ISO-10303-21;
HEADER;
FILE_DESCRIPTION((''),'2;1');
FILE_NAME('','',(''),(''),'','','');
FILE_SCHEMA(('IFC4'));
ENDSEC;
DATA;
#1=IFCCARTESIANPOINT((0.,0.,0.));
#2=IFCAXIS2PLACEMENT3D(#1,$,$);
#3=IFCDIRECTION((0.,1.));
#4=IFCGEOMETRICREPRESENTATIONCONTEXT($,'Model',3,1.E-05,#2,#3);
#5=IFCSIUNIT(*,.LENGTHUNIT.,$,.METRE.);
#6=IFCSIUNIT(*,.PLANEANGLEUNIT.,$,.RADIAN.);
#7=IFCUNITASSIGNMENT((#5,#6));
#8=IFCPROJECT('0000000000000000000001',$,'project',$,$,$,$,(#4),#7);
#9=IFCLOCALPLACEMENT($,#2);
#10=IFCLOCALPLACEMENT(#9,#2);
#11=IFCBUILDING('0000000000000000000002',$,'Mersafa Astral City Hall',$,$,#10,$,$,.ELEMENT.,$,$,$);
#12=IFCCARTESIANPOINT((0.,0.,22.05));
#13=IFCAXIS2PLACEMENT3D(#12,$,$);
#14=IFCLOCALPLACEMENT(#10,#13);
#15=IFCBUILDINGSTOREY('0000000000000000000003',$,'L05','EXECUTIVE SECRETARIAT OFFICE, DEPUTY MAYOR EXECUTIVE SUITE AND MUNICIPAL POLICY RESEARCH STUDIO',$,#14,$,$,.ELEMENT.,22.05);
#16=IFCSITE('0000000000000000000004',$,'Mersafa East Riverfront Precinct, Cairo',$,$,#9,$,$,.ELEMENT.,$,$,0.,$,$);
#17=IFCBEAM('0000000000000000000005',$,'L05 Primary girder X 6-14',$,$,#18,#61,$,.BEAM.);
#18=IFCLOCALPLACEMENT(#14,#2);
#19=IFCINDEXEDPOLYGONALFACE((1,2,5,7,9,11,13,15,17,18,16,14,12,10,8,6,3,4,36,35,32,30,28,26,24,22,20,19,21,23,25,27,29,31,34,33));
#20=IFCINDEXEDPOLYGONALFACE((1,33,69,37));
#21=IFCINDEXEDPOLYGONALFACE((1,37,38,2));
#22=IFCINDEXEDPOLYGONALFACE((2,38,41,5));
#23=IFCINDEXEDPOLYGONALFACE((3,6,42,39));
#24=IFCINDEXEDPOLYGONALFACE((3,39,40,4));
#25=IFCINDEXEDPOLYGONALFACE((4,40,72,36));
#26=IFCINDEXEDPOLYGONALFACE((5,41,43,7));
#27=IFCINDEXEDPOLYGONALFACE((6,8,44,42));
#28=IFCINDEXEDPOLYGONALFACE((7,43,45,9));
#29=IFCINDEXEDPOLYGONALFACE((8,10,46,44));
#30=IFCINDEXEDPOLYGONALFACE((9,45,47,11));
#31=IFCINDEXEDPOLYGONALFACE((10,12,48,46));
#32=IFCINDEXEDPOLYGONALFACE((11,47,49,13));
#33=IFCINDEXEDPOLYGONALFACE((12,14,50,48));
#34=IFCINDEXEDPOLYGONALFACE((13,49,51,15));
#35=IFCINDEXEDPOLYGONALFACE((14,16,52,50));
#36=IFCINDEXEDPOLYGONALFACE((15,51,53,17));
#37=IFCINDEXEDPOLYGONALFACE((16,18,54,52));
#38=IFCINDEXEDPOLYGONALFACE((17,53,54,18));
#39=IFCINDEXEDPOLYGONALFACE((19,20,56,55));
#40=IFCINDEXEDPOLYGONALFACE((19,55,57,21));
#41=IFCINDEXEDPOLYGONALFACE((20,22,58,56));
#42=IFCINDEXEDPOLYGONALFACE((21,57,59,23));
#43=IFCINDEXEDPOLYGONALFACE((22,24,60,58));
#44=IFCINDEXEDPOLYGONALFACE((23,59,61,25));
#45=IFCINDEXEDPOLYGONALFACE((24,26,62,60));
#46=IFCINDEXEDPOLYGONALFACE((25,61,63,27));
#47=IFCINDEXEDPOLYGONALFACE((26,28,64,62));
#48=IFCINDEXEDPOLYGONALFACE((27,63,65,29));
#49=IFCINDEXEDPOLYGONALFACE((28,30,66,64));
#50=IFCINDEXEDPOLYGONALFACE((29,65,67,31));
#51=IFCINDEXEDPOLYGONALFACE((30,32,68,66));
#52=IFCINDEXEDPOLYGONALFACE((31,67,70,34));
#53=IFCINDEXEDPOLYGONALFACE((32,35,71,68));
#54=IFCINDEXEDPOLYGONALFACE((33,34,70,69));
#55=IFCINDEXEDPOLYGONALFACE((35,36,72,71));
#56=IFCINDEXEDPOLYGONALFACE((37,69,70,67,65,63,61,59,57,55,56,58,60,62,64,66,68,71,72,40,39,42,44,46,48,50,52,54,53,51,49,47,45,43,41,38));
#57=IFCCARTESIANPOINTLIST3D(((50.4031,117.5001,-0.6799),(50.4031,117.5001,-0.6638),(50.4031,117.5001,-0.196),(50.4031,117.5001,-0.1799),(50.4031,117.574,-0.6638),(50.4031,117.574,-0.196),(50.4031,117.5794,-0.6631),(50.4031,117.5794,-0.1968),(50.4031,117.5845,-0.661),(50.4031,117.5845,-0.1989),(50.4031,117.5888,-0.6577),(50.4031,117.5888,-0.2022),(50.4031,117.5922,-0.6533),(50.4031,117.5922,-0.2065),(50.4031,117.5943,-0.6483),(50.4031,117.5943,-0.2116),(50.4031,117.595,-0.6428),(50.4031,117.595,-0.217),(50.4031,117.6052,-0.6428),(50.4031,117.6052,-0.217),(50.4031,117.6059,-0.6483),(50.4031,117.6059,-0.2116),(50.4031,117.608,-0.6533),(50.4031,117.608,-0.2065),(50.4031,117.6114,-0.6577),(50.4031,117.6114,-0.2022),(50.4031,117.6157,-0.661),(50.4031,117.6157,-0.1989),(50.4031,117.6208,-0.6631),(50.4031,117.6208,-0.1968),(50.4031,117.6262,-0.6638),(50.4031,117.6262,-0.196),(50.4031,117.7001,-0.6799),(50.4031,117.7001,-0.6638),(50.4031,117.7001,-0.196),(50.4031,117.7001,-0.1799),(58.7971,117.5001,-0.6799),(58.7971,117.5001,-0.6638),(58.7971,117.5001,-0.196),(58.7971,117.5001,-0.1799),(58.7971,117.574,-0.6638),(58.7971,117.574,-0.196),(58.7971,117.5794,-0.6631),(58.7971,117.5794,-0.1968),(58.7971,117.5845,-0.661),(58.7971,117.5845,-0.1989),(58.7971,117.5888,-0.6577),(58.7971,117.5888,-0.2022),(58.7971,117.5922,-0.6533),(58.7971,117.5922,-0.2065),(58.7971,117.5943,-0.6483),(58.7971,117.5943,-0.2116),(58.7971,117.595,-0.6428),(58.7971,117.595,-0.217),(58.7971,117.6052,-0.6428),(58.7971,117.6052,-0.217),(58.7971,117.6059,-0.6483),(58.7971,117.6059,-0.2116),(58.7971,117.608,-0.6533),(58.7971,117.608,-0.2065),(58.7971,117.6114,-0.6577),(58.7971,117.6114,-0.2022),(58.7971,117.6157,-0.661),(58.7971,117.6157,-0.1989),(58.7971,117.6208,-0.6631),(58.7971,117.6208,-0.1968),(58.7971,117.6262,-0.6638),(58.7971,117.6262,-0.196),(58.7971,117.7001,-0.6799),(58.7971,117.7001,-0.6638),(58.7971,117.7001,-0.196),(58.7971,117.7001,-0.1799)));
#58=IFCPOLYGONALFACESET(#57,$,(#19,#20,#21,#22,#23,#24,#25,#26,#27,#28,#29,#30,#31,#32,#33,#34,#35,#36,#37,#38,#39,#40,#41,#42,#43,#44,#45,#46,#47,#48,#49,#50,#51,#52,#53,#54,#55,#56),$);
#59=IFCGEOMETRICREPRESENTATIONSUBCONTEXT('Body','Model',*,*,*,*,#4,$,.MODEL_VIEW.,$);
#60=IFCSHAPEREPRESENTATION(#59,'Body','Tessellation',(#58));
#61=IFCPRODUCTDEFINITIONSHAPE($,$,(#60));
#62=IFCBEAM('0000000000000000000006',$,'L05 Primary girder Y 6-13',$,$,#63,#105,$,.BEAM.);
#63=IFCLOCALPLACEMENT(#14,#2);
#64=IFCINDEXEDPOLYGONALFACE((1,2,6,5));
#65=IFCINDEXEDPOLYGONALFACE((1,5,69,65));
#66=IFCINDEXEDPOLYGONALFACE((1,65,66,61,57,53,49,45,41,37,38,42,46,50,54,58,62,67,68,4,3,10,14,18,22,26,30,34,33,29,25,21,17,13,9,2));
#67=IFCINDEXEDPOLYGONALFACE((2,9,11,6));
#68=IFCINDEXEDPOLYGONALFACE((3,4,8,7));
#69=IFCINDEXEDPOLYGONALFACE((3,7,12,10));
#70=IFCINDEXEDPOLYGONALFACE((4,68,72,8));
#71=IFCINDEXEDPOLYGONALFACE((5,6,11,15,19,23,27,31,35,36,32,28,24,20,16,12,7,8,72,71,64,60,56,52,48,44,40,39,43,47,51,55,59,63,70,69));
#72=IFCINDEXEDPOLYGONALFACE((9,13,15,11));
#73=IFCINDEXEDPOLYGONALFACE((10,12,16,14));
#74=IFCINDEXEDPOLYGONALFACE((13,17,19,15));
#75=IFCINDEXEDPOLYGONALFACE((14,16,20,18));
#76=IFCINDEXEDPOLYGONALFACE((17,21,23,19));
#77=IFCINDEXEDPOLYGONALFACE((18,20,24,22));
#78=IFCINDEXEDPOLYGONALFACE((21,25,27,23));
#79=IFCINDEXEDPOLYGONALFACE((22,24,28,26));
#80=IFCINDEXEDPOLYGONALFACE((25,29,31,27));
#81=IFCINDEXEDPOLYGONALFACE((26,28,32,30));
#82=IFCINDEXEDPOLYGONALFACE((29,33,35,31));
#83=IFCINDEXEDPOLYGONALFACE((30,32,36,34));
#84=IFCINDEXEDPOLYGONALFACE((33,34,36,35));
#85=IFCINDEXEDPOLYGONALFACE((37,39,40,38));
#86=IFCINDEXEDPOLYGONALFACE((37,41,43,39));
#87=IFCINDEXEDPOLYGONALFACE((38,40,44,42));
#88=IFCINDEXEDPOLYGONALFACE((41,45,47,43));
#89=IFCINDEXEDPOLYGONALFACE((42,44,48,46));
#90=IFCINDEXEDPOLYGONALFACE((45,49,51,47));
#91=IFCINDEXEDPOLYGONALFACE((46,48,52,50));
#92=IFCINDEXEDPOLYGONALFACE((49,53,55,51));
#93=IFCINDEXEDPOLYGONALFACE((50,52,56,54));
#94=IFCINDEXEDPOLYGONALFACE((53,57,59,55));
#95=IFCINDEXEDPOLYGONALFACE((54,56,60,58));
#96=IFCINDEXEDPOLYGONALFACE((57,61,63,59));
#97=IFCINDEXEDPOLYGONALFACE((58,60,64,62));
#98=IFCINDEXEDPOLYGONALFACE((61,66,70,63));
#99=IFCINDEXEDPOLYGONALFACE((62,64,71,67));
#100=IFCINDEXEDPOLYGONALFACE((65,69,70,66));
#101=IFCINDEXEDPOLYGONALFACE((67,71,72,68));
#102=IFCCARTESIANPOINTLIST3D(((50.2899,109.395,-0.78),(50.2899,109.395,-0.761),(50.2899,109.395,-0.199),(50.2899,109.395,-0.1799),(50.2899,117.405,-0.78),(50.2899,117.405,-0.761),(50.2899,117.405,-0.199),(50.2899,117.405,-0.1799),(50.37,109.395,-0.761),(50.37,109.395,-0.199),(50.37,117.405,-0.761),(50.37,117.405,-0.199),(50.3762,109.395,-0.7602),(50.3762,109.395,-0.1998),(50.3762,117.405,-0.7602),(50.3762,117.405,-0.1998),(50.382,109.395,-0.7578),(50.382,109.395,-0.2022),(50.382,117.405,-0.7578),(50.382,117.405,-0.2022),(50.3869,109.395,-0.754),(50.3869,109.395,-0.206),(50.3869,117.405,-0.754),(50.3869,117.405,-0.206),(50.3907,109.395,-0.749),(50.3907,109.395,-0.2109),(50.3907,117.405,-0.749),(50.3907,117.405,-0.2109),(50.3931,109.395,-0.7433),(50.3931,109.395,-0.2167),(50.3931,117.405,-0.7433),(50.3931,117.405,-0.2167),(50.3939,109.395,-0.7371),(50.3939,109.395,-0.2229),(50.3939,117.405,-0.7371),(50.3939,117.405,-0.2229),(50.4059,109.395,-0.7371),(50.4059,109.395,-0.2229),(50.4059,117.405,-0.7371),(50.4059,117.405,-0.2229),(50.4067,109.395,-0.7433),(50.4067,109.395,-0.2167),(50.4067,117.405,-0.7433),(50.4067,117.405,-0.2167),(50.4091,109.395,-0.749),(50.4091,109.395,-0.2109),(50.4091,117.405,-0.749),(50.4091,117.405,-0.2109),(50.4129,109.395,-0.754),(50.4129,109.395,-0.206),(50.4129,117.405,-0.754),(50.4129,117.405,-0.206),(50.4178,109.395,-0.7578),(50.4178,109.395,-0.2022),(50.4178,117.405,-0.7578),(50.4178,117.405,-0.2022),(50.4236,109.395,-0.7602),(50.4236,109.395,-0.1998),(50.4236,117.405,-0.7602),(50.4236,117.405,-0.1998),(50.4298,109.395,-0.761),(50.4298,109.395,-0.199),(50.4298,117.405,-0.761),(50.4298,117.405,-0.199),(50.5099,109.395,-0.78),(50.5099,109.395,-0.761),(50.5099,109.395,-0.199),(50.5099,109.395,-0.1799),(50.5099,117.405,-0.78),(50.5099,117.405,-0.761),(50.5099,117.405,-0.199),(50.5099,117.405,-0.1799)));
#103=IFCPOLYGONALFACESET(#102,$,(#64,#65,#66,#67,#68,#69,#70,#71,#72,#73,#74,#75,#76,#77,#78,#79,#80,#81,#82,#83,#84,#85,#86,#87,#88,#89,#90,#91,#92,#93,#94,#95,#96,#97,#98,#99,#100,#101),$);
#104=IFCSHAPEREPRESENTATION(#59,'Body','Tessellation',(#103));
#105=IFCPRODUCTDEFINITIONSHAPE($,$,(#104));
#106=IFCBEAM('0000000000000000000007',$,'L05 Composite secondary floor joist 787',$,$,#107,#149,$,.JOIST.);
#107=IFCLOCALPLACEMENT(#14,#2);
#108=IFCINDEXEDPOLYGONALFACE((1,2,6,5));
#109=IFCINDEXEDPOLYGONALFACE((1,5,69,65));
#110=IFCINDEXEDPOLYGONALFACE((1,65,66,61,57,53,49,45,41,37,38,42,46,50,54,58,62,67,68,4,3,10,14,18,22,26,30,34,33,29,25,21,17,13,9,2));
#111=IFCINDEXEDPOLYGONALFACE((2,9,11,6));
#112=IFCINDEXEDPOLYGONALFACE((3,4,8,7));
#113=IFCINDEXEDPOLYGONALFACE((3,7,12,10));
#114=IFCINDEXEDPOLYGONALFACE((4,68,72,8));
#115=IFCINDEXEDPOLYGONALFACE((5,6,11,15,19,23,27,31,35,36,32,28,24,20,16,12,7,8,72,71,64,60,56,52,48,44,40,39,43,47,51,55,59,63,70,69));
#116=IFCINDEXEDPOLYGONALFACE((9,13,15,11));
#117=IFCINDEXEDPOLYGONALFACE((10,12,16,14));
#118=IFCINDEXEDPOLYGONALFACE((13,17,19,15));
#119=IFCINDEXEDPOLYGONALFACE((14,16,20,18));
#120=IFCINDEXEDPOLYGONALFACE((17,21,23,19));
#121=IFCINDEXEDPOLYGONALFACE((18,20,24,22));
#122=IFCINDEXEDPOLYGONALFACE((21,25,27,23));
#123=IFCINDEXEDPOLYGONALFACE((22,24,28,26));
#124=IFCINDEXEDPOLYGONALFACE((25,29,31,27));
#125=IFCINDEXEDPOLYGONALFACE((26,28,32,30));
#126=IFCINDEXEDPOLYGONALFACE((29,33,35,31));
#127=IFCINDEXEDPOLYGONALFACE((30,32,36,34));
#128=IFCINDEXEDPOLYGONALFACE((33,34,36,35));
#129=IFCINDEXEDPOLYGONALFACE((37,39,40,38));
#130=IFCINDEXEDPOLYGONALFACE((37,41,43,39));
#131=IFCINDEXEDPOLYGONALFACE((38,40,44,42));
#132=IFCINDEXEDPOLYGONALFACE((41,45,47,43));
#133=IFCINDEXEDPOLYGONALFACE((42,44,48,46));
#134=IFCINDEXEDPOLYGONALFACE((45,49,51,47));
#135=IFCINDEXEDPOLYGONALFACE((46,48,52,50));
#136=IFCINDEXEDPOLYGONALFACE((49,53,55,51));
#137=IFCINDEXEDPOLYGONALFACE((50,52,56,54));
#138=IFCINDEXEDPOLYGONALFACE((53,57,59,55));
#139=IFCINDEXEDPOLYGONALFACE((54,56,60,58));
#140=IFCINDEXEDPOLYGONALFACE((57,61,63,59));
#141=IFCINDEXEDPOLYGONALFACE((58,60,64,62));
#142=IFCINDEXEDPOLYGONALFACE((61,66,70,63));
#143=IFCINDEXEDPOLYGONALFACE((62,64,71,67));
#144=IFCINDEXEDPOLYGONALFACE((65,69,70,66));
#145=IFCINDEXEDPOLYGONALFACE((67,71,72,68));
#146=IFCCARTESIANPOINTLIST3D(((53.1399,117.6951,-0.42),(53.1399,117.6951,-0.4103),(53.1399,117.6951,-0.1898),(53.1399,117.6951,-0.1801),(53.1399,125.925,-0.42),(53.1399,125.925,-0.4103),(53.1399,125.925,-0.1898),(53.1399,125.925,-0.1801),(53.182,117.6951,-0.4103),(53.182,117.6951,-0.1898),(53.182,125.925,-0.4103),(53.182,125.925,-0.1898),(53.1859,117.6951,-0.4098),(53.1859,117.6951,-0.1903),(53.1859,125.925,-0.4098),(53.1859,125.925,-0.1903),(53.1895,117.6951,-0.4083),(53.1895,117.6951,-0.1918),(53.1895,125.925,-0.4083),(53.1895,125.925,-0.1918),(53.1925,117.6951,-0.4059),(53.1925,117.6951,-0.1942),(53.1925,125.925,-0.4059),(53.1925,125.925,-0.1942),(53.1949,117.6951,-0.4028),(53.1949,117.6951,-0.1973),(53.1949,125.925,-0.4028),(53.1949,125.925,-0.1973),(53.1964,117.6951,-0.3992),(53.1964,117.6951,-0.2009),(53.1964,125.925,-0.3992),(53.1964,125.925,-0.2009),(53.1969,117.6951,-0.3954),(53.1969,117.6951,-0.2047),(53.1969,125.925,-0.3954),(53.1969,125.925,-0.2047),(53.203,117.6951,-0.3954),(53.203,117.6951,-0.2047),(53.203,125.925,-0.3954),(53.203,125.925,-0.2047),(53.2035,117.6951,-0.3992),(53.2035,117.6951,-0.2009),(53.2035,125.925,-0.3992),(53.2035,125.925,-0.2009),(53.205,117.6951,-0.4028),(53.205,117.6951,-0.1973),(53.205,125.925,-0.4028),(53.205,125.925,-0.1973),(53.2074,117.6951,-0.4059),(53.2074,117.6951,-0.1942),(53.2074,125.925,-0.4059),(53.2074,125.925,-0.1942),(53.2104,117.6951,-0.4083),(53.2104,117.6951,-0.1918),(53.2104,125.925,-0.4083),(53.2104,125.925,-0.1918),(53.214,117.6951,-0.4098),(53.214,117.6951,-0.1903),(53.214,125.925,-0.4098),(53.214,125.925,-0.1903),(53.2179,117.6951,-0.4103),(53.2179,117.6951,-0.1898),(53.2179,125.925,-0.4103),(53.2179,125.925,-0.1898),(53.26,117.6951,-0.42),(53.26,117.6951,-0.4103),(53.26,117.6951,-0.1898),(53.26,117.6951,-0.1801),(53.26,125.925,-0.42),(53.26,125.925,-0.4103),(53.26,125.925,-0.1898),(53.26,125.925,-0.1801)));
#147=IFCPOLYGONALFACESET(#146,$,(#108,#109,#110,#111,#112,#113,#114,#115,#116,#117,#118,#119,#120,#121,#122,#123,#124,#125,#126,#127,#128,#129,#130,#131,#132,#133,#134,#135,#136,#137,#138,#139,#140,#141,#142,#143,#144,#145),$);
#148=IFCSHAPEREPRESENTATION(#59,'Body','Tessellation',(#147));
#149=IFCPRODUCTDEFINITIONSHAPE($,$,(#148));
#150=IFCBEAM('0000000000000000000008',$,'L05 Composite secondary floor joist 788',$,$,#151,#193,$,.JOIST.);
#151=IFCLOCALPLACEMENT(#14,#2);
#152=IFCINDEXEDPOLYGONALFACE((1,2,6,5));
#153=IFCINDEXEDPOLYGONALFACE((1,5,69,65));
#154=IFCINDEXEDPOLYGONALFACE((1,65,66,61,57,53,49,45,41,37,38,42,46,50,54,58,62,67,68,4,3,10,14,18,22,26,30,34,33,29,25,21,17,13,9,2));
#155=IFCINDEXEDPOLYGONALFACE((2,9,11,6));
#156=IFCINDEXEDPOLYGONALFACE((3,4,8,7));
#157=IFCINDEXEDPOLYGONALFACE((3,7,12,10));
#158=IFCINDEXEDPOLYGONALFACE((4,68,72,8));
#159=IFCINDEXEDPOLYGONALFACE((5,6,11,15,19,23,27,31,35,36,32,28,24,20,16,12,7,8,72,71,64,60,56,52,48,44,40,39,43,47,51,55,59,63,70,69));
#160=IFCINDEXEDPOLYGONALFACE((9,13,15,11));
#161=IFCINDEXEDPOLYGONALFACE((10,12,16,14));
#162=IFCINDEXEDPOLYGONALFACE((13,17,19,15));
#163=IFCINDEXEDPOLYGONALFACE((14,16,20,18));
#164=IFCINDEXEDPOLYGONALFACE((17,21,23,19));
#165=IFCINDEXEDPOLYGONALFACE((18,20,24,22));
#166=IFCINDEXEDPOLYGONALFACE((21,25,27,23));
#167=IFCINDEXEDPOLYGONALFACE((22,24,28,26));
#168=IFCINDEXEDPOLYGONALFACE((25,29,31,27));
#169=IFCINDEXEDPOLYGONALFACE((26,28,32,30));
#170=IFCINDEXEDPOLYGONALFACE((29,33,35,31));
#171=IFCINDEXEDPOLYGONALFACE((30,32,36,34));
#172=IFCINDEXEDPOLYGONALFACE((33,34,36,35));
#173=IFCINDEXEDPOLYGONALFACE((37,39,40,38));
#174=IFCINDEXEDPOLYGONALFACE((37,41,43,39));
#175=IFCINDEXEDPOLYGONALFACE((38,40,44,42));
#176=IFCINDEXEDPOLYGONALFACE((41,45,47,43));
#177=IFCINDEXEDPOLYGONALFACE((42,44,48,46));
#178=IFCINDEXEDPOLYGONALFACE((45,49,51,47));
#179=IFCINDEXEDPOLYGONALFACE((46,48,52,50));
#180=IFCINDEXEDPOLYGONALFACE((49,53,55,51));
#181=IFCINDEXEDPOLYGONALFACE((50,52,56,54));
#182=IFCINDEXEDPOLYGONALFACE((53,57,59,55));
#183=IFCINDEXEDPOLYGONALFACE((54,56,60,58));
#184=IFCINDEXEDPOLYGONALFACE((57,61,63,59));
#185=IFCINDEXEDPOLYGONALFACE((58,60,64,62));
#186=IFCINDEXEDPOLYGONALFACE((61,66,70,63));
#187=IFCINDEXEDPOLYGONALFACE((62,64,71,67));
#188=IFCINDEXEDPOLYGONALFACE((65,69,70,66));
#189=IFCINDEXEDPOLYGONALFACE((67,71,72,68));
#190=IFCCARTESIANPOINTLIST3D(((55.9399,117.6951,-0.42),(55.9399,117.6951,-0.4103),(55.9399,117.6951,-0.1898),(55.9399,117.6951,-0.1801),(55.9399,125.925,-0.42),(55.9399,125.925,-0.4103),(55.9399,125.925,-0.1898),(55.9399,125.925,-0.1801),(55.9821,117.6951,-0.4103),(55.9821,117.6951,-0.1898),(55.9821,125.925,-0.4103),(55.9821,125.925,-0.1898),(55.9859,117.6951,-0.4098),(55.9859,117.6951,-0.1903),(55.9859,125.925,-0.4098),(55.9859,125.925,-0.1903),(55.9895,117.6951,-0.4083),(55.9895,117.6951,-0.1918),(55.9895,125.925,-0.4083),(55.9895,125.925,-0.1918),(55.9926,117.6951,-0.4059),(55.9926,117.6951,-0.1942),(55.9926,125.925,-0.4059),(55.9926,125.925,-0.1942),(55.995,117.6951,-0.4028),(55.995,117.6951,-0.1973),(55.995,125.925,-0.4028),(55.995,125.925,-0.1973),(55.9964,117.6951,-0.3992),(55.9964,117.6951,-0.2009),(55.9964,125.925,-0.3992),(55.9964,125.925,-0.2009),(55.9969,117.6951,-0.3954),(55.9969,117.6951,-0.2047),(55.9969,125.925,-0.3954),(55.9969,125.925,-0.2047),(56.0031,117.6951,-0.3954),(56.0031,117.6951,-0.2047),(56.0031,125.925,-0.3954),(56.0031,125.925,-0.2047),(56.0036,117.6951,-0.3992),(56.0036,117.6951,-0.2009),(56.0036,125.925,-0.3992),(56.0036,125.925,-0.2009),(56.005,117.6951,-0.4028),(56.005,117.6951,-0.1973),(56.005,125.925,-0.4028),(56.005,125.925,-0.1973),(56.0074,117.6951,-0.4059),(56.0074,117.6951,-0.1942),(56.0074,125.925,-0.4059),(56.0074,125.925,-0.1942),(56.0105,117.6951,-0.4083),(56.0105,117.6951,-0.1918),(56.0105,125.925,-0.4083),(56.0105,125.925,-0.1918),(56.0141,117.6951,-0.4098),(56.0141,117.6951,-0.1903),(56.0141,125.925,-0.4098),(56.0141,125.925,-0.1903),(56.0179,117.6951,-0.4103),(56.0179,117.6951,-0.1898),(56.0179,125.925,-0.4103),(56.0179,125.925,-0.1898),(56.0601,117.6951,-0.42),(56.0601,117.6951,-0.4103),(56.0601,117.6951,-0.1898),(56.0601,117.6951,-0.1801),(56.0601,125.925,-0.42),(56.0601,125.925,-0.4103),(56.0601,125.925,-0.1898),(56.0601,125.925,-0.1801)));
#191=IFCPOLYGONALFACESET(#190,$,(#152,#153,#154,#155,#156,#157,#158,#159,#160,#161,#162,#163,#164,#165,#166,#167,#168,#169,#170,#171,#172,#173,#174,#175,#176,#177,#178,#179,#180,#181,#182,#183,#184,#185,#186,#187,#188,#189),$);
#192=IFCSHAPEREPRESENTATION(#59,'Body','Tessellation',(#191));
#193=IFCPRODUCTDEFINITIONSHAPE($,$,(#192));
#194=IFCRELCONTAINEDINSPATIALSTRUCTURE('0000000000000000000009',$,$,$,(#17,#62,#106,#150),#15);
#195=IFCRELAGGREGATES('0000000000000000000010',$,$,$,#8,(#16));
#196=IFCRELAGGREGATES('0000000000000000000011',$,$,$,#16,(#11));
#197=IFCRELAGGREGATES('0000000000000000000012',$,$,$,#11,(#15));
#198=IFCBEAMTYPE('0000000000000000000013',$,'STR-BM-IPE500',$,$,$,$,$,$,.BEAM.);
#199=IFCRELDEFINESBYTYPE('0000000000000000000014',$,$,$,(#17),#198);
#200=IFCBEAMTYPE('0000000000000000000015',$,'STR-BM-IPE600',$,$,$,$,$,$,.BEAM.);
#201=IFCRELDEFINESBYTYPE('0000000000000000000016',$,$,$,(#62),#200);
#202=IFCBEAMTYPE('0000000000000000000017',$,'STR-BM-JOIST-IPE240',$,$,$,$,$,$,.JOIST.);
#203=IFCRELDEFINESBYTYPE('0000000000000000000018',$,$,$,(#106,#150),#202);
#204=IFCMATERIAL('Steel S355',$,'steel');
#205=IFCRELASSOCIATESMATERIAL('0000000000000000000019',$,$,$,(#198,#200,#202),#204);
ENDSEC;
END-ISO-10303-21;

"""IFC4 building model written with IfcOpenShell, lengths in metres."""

from ifc_helpers import new_model, si_unit, direction, frame, origin, origin_2d, place, context, subcontext, project, spatial, i_section, extrude, material, material_profile, profile_set, type_object, element, save


model = new_model("IFC4")

# Units and contexts
model_context = context("Model", 3, precision=1e-05, world=origin(), true_north=direction((0.0, 1.0)))
body_context = subcontext(model_context, "Body", "Model", "MODEL_VIEW")
ifc_project = project(units=[si_unit("LENGTHUNIT", "METRE"), si_unit("PLANEANGLEUNIT", "RADIAN")], contexts=[model_context])

# Site, building, storey
site_placement = place(None, origin())
site = spatial("IfcSite", under=ifc_project, at=site_placement, Name="Mersafa East Riverfront Precinct, Cairo", CompositionType="ELEMENT", RefElevation=0.0)
building_placement = place(site_placement, origin())
building = spatial("IfcBuilding", under=site, at=building_placement, Name="Mersafa Astral City Hall", CompositionType="ELEMENT")
storey_placement = place(building_placement, frame((0.0, 0.0, 22.05)))
storey = spatial("IfcBuildingStorey", under=building, at=storey_placement, Name="L05", Description="EXECUTIVE SECRETARIAT OFFICE, DEPUTY MAYOR EXECUTIVE SUITE AND MUNICIPAL POLICY RESEARCH STUDIO", CompositionType="ELEMENT", Elevation=22.05)

# Shared definitions
ifc_material_1 = material(Name="Steel S355", Category="steel")

# Beams
ifc_material_profile_1 = material_profile(ifc_material_1, i_section(OverallWidth=0.2, OverallDepth=0.5, WebThickness=0.0103, FlangeThickness=0.0161, FilletRadius=0.021, at=origin_2d()), Name="IPE 500")
ifc_profile_set_1 = profile_set([ifc_material_profile_1], Name="Steel S355")
beam_type_1 = type_object("IfcBeamType", Name="STR-BM-IPE500", PredefinedType="BEAM", material=ifc_profile_set_1)
beam_1_placement = place(storey_placement, frame((50.4031, 117.6001, -0.4299), z_axis=(1.0, 0.0, 0.0), x_axis=(0.0, 1.0, 0.0)))
element("IfcBeam", 1, at=beam_1_placement, inside=storey, type_object=beam_type_1, Name="L05 Primary girder X 6-14", PredefinedType="BEAM", context=body_context, shape_type="SweptSolid", body=[
    extrude(i_section(OverallWidth=0.2, OverallDepth=0.5, WebThickness=0.0103, FlangeThickness=0.0161, FilletRadius=0.021, at=origin_2d()), origin(), (0.0, 0.0, 1.0), 8.394),
])
ifc_material_profile_2 = material_profile(ifc_material_1, i_section(OverallWidth=0.22, OverallDepth=0.6001, WebThickness=0.012, FlangeThickness=0.019, FilletRadius=0.0239, at=origin_2d()), Name="IPE 600")
ifc_profile_set_2 = profile_set([ifc_material_profile_2], Name="Steel S355")
beam_type_2 = type_object("IfcBeamType", Name="STR-BM-IPE600", PredefinedType="BEAM", material=ifc_profile_set_2)
beam_2_placement = place(storey_placement, frame((50.3999, 109.395, -0.48), z_axis=(0.0, 1.0, 0.0), x_axis=(-1.0, 0.0, 0.0)))
element("IfcBeam", 2, at=beam_2_placement, inside=storey, type_object=beam_type_2, Name="L05 Primary girder Y 6-13", PredefinedType="BEAM", context=body_context, shape_type="SweptSolid", body=[
    extrude(i_section(OverallWidth=0.22, OverallDepth=0.6001, WebThickness=0.012, FlangeThickness=0.019, FilletRadius=0.0239, at=origin_2d()), origin(), (0.0, 0.0, 1.0), 8.01),
])
ifc_material_profile_3 = material_profile(ifc_material_1, i_section(OverallWidth=0.1201, OverallDepth=0.24, WebThickness=0.0061, FlangeThickness=0.0098, FilletRadius=0.0149, at=origin_2d()), Name="IPE 240")
ifc_profile_set_3 = profile_set([ifc_material_profile_3], Name="Steel S355")
beam_type_3 = type_object("IfcBeamType", Name="STR-BM-JOIST-IPE240", PredefinedType="JOIST", material=ifc_profile_set_3)
for number, where, z_axis, x_axis, name in (
    (3, (53.2, 117.6951, -0.3), (0.0, 1.0, 0.0), (-1.0, 0.0, 0.0), "L05 Composite secondary floor joist 787"),
    (4, (56.0, 117.6951, -0.3), (0.0, 1.0, 0.0), (-1.0, 0.0, 0.0), "L05 Composite secondary floor joist 788"),
):
    element("IfcBeam", number, at=place(storey_placement, frame(where, z_axis=z_axis, x_axis=x_axis)), inside=storey, type_object=beam_type_3, Name=name, PredefinedType="JOIST", context=body_context, shape_type="SweptSolid", body=[
        extrude(i_section(OverallWidth=0.1201, OverallDepth=0.24, WebThickness=0.0061, FlangeThickness=0.0098, FilletRadius=0.0149, at=origin_2d()), origin(), (0.0, 0.0, 1.0), 8.23),
    ])

save(model, "model.ifc")
